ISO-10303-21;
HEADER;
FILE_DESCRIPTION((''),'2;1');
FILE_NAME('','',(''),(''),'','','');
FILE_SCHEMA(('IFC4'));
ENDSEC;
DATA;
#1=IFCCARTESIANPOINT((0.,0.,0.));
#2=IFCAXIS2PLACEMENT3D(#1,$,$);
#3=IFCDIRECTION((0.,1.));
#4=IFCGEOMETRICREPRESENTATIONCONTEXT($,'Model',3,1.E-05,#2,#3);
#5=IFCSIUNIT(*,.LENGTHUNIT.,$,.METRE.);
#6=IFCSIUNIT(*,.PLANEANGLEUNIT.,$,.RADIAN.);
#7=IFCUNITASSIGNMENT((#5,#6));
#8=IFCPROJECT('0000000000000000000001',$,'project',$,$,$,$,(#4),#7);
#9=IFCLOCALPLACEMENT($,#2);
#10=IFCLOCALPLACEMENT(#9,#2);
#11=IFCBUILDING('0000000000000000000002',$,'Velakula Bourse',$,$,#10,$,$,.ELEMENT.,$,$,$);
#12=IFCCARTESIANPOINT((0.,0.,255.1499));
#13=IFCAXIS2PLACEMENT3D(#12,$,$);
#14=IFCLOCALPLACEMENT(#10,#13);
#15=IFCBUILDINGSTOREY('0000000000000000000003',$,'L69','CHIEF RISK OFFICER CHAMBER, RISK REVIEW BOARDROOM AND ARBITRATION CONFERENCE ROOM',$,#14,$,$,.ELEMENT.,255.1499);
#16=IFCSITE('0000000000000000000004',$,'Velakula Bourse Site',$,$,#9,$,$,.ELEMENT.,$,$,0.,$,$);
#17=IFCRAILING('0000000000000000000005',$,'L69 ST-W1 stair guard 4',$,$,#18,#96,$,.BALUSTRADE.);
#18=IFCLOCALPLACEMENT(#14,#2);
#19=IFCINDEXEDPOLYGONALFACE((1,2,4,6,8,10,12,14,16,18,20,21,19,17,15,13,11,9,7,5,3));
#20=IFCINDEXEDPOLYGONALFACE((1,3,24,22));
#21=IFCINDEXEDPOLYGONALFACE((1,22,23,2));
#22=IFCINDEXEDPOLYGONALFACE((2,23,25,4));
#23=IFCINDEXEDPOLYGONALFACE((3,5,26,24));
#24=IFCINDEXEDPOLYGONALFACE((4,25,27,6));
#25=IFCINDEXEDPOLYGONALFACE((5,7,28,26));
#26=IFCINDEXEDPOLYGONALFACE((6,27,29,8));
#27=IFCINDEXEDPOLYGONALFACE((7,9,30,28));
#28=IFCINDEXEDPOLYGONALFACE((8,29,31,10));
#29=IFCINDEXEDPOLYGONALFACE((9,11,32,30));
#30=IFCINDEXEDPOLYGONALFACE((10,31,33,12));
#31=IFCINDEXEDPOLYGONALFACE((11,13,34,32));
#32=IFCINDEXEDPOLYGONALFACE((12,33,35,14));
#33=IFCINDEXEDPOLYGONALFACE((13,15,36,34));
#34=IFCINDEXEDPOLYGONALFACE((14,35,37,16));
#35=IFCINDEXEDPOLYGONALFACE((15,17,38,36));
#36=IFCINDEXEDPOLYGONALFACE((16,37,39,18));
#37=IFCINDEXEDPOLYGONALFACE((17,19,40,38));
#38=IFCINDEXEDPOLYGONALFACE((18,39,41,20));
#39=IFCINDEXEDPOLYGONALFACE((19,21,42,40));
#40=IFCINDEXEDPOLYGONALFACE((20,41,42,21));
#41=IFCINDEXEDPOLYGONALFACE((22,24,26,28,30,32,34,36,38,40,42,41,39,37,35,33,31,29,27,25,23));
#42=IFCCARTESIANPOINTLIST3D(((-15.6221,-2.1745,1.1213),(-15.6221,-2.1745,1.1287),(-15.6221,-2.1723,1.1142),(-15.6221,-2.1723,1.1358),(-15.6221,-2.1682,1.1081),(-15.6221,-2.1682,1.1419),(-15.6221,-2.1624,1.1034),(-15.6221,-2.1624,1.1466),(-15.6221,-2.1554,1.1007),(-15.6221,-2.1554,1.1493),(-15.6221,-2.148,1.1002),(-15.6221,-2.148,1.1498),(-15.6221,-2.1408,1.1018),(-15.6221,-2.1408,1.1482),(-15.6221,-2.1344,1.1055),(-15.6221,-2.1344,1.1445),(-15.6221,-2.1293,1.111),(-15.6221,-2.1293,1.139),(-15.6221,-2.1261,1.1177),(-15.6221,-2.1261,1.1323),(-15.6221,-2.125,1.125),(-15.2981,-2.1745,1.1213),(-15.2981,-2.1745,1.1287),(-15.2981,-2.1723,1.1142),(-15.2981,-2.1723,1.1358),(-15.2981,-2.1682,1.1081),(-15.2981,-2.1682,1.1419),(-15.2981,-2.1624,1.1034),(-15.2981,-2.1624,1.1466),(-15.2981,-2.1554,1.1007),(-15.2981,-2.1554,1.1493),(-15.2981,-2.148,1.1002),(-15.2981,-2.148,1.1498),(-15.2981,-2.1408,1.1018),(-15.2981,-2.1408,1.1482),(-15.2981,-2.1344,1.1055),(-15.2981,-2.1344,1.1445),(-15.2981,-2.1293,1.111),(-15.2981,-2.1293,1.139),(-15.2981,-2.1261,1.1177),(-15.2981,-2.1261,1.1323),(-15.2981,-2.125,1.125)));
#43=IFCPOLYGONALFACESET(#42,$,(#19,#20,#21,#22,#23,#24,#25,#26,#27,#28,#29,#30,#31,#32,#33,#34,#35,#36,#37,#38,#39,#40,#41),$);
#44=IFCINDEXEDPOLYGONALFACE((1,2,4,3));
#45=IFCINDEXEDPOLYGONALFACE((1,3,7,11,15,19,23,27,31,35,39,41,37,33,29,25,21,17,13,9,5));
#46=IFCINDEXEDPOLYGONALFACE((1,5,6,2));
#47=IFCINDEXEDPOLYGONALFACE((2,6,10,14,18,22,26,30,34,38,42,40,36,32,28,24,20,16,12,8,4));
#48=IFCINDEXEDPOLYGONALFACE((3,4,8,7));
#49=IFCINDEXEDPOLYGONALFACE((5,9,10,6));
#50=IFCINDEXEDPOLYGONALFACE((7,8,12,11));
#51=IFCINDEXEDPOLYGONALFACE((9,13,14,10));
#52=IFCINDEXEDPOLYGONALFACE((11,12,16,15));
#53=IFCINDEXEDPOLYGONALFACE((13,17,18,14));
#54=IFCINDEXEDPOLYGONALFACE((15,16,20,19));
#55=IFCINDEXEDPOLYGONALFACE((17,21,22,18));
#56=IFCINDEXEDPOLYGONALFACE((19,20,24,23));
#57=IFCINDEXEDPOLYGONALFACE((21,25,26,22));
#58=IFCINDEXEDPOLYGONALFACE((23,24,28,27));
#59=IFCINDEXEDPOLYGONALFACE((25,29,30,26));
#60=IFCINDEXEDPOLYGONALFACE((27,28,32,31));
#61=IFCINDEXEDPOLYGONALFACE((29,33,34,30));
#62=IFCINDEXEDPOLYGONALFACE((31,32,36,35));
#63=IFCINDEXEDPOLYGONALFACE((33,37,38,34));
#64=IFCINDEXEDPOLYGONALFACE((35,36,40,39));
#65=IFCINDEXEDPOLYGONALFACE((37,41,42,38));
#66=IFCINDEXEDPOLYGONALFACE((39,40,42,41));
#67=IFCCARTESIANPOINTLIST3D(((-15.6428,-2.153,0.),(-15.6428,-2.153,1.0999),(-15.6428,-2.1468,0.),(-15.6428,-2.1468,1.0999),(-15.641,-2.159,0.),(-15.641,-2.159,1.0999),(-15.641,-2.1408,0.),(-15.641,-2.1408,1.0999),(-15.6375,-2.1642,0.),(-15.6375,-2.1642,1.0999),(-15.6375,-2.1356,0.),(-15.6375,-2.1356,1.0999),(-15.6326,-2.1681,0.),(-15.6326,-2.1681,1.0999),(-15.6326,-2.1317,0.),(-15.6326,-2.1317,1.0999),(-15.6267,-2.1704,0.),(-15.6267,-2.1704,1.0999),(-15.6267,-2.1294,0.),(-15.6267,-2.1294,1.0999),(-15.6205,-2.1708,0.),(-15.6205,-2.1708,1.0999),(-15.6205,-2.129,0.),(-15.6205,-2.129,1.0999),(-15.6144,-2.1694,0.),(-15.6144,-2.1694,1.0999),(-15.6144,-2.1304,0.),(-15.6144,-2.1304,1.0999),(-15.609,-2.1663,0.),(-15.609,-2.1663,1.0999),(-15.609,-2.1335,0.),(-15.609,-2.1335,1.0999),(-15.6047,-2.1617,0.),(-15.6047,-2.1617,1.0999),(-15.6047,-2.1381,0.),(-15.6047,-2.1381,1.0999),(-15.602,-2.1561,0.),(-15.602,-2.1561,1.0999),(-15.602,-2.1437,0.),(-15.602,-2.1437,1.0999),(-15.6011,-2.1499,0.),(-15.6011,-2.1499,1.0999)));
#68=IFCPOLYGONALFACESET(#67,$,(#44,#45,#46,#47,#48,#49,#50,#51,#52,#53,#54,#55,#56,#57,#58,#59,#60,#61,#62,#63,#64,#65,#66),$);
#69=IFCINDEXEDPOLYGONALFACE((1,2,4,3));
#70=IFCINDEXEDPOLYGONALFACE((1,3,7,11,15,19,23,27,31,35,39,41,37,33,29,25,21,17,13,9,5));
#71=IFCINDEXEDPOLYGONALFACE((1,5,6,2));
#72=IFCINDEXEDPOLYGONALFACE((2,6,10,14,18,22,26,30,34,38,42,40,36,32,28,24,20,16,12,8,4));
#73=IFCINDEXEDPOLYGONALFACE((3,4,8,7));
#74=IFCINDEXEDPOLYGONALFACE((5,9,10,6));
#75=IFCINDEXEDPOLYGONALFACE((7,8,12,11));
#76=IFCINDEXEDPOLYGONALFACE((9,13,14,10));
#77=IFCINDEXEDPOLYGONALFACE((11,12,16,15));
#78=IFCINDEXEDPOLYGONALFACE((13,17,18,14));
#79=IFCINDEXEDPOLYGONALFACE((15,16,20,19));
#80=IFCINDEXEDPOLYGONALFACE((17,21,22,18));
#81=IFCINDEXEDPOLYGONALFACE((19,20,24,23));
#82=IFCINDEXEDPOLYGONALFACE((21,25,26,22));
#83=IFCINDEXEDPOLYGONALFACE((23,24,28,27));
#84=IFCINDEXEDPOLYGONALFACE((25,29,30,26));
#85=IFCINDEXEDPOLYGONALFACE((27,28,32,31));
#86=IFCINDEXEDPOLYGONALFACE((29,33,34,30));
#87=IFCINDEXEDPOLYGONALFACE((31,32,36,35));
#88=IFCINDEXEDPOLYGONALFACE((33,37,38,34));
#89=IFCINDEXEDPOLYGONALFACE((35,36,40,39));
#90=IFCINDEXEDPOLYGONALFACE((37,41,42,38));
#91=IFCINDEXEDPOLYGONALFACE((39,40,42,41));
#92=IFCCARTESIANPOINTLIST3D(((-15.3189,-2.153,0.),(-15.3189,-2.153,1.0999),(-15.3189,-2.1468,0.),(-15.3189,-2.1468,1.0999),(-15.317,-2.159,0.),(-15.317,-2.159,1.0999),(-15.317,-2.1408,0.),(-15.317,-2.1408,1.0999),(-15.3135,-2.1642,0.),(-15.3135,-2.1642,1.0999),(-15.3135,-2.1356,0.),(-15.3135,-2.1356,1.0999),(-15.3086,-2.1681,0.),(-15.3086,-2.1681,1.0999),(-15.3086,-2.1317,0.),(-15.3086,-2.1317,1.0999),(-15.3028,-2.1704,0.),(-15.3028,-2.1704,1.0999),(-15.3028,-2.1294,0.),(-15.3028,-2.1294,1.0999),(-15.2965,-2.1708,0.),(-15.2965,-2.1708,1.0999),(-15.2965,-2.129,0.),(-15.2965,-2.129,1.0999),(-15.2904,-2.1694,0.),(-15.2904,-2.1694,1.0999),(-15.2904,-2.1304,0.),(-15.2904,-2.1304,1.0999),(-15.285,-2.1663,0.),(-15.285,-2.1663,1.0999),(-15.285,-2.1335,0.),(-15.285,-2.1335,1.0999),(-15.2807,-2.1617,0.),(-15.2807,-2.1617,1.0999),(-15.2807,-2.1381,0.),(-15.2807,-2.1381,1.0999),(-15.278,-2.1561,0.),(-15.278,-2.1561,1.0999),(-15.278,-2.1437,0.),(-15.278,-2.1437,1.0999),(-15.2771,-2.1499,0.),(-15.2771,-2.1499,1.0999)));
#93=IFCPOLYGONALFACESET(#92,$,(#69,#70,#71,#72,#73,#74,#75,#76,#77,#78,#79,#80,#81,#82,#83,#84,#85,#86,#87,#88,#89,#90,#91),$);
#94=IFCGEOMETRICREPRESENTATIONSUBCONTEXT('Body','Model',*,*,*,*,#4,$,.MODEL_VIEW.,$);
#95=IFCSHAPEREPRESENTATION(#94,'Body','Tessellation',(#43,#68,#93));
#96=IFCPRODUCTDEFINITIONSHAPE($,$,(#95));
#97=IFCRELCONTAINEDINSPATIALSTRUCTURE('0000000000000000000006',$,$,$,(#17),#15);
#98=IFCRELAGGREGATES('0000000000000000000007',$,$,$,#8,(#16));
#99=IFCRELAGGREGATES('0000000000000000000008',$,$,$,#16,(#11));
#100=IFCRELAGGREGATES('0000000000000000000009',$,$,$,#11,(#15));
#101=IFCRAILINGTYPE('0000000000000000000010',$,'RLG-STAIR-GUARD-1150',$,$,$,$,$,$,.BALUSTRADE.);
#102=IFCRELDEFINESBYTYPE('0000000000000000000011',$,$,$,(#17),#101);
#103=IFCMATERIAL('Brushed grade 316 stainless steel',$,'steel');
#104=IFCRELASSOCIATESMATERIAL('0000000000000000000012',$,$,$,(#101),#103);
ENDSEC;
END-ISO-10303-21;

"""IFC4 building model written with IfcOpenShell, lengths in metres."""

from ifc_helpers import new_model, si_unit, direction, frame, origin, origin_2d, place, context, subcontext, project, spatial, circle, extrude, material, type_object, element, save


model = new_model("IFC4")

# Units and contexts
model_context = context("Model", 3, precision=1e-05, world=origin(), true_north=direction((0.0, 1.0)))
body_context = subcontext(model_context, "Body", "Model", "MODEL_VIEW")
ifc_project = project(units=[si_unit("LENGTHUNIT", "METRE"), si_unit("PLANEANGLEUNIT", "RADIAN")], contexts=[model_context])

# Site, building, storey
site_placement = place(None, origin())
site = spatial("IfcSite", under=ifc_project, at=site_placement, Name="Velakula Bourse Site", CompositionType="ELEMENT", RefElevation=0.0)
building_placement = place(site_placement, origin())
building = spatial("IfcBuilding", under=site, at=building_placement, Name="Velakula Bourse", CompositionType="ELEMENT")
storey_placement = place(building_placement, frame((0.0, 0.0, 255.1499)))
storey = spatial("IfcBuildingStorey", under=building, at=storey_placement, Name="L69", Description="CHIEF RISK OFFICER CHAMBER, RISK REVIEW BOARDROOM AND ARBITRATION CONFERENCE ROOM", CompositionType="ELEMENT", Elevation=255.1499)

# Shared definitions
ifc_material_1 = material(Name="Brushed grade 316 stainless steel", Category="steel")

# Railing
railing_type = type_object("IfcRailingType", Name="RLG-STAIR-GUARD-1150", PredefinedType="BALUSTRADE", material=ifc_material_1)
railing_1_placement = place(storey_placement, frame((-15.6221, -2.1499, 0.0)))
element("IfcRailing", 1, at=railing_1_placement, inside=storey, type_object=railing_type, Name="L69 ST-W1 stair guard 4", PredefinedType="BALUSTRADE", context=body_context, shape_type="SweptSolid", body=[
    extrude(circle(Radius=0.0249, at=origin_2d()), frame((0.0, 0.0, 1.125), z_axis=(1.0, 0.0, 0.0), x_axis=(0.0, 1.0, 0.0)), (0.0, 0.0, 1.0), 0.324),
    extrude(circle(Radius=0.021, at=origin_2d()), origin(), (0.0, 0.0, 1.0), 1.0999),
    extrude(circle(Radius=0.021, at=origin_2d()), frame((0.324, 0.0, 0.0)), (0.0, 0.0, 1.0), 1.0999),
])

save(model, "model.ifc")
